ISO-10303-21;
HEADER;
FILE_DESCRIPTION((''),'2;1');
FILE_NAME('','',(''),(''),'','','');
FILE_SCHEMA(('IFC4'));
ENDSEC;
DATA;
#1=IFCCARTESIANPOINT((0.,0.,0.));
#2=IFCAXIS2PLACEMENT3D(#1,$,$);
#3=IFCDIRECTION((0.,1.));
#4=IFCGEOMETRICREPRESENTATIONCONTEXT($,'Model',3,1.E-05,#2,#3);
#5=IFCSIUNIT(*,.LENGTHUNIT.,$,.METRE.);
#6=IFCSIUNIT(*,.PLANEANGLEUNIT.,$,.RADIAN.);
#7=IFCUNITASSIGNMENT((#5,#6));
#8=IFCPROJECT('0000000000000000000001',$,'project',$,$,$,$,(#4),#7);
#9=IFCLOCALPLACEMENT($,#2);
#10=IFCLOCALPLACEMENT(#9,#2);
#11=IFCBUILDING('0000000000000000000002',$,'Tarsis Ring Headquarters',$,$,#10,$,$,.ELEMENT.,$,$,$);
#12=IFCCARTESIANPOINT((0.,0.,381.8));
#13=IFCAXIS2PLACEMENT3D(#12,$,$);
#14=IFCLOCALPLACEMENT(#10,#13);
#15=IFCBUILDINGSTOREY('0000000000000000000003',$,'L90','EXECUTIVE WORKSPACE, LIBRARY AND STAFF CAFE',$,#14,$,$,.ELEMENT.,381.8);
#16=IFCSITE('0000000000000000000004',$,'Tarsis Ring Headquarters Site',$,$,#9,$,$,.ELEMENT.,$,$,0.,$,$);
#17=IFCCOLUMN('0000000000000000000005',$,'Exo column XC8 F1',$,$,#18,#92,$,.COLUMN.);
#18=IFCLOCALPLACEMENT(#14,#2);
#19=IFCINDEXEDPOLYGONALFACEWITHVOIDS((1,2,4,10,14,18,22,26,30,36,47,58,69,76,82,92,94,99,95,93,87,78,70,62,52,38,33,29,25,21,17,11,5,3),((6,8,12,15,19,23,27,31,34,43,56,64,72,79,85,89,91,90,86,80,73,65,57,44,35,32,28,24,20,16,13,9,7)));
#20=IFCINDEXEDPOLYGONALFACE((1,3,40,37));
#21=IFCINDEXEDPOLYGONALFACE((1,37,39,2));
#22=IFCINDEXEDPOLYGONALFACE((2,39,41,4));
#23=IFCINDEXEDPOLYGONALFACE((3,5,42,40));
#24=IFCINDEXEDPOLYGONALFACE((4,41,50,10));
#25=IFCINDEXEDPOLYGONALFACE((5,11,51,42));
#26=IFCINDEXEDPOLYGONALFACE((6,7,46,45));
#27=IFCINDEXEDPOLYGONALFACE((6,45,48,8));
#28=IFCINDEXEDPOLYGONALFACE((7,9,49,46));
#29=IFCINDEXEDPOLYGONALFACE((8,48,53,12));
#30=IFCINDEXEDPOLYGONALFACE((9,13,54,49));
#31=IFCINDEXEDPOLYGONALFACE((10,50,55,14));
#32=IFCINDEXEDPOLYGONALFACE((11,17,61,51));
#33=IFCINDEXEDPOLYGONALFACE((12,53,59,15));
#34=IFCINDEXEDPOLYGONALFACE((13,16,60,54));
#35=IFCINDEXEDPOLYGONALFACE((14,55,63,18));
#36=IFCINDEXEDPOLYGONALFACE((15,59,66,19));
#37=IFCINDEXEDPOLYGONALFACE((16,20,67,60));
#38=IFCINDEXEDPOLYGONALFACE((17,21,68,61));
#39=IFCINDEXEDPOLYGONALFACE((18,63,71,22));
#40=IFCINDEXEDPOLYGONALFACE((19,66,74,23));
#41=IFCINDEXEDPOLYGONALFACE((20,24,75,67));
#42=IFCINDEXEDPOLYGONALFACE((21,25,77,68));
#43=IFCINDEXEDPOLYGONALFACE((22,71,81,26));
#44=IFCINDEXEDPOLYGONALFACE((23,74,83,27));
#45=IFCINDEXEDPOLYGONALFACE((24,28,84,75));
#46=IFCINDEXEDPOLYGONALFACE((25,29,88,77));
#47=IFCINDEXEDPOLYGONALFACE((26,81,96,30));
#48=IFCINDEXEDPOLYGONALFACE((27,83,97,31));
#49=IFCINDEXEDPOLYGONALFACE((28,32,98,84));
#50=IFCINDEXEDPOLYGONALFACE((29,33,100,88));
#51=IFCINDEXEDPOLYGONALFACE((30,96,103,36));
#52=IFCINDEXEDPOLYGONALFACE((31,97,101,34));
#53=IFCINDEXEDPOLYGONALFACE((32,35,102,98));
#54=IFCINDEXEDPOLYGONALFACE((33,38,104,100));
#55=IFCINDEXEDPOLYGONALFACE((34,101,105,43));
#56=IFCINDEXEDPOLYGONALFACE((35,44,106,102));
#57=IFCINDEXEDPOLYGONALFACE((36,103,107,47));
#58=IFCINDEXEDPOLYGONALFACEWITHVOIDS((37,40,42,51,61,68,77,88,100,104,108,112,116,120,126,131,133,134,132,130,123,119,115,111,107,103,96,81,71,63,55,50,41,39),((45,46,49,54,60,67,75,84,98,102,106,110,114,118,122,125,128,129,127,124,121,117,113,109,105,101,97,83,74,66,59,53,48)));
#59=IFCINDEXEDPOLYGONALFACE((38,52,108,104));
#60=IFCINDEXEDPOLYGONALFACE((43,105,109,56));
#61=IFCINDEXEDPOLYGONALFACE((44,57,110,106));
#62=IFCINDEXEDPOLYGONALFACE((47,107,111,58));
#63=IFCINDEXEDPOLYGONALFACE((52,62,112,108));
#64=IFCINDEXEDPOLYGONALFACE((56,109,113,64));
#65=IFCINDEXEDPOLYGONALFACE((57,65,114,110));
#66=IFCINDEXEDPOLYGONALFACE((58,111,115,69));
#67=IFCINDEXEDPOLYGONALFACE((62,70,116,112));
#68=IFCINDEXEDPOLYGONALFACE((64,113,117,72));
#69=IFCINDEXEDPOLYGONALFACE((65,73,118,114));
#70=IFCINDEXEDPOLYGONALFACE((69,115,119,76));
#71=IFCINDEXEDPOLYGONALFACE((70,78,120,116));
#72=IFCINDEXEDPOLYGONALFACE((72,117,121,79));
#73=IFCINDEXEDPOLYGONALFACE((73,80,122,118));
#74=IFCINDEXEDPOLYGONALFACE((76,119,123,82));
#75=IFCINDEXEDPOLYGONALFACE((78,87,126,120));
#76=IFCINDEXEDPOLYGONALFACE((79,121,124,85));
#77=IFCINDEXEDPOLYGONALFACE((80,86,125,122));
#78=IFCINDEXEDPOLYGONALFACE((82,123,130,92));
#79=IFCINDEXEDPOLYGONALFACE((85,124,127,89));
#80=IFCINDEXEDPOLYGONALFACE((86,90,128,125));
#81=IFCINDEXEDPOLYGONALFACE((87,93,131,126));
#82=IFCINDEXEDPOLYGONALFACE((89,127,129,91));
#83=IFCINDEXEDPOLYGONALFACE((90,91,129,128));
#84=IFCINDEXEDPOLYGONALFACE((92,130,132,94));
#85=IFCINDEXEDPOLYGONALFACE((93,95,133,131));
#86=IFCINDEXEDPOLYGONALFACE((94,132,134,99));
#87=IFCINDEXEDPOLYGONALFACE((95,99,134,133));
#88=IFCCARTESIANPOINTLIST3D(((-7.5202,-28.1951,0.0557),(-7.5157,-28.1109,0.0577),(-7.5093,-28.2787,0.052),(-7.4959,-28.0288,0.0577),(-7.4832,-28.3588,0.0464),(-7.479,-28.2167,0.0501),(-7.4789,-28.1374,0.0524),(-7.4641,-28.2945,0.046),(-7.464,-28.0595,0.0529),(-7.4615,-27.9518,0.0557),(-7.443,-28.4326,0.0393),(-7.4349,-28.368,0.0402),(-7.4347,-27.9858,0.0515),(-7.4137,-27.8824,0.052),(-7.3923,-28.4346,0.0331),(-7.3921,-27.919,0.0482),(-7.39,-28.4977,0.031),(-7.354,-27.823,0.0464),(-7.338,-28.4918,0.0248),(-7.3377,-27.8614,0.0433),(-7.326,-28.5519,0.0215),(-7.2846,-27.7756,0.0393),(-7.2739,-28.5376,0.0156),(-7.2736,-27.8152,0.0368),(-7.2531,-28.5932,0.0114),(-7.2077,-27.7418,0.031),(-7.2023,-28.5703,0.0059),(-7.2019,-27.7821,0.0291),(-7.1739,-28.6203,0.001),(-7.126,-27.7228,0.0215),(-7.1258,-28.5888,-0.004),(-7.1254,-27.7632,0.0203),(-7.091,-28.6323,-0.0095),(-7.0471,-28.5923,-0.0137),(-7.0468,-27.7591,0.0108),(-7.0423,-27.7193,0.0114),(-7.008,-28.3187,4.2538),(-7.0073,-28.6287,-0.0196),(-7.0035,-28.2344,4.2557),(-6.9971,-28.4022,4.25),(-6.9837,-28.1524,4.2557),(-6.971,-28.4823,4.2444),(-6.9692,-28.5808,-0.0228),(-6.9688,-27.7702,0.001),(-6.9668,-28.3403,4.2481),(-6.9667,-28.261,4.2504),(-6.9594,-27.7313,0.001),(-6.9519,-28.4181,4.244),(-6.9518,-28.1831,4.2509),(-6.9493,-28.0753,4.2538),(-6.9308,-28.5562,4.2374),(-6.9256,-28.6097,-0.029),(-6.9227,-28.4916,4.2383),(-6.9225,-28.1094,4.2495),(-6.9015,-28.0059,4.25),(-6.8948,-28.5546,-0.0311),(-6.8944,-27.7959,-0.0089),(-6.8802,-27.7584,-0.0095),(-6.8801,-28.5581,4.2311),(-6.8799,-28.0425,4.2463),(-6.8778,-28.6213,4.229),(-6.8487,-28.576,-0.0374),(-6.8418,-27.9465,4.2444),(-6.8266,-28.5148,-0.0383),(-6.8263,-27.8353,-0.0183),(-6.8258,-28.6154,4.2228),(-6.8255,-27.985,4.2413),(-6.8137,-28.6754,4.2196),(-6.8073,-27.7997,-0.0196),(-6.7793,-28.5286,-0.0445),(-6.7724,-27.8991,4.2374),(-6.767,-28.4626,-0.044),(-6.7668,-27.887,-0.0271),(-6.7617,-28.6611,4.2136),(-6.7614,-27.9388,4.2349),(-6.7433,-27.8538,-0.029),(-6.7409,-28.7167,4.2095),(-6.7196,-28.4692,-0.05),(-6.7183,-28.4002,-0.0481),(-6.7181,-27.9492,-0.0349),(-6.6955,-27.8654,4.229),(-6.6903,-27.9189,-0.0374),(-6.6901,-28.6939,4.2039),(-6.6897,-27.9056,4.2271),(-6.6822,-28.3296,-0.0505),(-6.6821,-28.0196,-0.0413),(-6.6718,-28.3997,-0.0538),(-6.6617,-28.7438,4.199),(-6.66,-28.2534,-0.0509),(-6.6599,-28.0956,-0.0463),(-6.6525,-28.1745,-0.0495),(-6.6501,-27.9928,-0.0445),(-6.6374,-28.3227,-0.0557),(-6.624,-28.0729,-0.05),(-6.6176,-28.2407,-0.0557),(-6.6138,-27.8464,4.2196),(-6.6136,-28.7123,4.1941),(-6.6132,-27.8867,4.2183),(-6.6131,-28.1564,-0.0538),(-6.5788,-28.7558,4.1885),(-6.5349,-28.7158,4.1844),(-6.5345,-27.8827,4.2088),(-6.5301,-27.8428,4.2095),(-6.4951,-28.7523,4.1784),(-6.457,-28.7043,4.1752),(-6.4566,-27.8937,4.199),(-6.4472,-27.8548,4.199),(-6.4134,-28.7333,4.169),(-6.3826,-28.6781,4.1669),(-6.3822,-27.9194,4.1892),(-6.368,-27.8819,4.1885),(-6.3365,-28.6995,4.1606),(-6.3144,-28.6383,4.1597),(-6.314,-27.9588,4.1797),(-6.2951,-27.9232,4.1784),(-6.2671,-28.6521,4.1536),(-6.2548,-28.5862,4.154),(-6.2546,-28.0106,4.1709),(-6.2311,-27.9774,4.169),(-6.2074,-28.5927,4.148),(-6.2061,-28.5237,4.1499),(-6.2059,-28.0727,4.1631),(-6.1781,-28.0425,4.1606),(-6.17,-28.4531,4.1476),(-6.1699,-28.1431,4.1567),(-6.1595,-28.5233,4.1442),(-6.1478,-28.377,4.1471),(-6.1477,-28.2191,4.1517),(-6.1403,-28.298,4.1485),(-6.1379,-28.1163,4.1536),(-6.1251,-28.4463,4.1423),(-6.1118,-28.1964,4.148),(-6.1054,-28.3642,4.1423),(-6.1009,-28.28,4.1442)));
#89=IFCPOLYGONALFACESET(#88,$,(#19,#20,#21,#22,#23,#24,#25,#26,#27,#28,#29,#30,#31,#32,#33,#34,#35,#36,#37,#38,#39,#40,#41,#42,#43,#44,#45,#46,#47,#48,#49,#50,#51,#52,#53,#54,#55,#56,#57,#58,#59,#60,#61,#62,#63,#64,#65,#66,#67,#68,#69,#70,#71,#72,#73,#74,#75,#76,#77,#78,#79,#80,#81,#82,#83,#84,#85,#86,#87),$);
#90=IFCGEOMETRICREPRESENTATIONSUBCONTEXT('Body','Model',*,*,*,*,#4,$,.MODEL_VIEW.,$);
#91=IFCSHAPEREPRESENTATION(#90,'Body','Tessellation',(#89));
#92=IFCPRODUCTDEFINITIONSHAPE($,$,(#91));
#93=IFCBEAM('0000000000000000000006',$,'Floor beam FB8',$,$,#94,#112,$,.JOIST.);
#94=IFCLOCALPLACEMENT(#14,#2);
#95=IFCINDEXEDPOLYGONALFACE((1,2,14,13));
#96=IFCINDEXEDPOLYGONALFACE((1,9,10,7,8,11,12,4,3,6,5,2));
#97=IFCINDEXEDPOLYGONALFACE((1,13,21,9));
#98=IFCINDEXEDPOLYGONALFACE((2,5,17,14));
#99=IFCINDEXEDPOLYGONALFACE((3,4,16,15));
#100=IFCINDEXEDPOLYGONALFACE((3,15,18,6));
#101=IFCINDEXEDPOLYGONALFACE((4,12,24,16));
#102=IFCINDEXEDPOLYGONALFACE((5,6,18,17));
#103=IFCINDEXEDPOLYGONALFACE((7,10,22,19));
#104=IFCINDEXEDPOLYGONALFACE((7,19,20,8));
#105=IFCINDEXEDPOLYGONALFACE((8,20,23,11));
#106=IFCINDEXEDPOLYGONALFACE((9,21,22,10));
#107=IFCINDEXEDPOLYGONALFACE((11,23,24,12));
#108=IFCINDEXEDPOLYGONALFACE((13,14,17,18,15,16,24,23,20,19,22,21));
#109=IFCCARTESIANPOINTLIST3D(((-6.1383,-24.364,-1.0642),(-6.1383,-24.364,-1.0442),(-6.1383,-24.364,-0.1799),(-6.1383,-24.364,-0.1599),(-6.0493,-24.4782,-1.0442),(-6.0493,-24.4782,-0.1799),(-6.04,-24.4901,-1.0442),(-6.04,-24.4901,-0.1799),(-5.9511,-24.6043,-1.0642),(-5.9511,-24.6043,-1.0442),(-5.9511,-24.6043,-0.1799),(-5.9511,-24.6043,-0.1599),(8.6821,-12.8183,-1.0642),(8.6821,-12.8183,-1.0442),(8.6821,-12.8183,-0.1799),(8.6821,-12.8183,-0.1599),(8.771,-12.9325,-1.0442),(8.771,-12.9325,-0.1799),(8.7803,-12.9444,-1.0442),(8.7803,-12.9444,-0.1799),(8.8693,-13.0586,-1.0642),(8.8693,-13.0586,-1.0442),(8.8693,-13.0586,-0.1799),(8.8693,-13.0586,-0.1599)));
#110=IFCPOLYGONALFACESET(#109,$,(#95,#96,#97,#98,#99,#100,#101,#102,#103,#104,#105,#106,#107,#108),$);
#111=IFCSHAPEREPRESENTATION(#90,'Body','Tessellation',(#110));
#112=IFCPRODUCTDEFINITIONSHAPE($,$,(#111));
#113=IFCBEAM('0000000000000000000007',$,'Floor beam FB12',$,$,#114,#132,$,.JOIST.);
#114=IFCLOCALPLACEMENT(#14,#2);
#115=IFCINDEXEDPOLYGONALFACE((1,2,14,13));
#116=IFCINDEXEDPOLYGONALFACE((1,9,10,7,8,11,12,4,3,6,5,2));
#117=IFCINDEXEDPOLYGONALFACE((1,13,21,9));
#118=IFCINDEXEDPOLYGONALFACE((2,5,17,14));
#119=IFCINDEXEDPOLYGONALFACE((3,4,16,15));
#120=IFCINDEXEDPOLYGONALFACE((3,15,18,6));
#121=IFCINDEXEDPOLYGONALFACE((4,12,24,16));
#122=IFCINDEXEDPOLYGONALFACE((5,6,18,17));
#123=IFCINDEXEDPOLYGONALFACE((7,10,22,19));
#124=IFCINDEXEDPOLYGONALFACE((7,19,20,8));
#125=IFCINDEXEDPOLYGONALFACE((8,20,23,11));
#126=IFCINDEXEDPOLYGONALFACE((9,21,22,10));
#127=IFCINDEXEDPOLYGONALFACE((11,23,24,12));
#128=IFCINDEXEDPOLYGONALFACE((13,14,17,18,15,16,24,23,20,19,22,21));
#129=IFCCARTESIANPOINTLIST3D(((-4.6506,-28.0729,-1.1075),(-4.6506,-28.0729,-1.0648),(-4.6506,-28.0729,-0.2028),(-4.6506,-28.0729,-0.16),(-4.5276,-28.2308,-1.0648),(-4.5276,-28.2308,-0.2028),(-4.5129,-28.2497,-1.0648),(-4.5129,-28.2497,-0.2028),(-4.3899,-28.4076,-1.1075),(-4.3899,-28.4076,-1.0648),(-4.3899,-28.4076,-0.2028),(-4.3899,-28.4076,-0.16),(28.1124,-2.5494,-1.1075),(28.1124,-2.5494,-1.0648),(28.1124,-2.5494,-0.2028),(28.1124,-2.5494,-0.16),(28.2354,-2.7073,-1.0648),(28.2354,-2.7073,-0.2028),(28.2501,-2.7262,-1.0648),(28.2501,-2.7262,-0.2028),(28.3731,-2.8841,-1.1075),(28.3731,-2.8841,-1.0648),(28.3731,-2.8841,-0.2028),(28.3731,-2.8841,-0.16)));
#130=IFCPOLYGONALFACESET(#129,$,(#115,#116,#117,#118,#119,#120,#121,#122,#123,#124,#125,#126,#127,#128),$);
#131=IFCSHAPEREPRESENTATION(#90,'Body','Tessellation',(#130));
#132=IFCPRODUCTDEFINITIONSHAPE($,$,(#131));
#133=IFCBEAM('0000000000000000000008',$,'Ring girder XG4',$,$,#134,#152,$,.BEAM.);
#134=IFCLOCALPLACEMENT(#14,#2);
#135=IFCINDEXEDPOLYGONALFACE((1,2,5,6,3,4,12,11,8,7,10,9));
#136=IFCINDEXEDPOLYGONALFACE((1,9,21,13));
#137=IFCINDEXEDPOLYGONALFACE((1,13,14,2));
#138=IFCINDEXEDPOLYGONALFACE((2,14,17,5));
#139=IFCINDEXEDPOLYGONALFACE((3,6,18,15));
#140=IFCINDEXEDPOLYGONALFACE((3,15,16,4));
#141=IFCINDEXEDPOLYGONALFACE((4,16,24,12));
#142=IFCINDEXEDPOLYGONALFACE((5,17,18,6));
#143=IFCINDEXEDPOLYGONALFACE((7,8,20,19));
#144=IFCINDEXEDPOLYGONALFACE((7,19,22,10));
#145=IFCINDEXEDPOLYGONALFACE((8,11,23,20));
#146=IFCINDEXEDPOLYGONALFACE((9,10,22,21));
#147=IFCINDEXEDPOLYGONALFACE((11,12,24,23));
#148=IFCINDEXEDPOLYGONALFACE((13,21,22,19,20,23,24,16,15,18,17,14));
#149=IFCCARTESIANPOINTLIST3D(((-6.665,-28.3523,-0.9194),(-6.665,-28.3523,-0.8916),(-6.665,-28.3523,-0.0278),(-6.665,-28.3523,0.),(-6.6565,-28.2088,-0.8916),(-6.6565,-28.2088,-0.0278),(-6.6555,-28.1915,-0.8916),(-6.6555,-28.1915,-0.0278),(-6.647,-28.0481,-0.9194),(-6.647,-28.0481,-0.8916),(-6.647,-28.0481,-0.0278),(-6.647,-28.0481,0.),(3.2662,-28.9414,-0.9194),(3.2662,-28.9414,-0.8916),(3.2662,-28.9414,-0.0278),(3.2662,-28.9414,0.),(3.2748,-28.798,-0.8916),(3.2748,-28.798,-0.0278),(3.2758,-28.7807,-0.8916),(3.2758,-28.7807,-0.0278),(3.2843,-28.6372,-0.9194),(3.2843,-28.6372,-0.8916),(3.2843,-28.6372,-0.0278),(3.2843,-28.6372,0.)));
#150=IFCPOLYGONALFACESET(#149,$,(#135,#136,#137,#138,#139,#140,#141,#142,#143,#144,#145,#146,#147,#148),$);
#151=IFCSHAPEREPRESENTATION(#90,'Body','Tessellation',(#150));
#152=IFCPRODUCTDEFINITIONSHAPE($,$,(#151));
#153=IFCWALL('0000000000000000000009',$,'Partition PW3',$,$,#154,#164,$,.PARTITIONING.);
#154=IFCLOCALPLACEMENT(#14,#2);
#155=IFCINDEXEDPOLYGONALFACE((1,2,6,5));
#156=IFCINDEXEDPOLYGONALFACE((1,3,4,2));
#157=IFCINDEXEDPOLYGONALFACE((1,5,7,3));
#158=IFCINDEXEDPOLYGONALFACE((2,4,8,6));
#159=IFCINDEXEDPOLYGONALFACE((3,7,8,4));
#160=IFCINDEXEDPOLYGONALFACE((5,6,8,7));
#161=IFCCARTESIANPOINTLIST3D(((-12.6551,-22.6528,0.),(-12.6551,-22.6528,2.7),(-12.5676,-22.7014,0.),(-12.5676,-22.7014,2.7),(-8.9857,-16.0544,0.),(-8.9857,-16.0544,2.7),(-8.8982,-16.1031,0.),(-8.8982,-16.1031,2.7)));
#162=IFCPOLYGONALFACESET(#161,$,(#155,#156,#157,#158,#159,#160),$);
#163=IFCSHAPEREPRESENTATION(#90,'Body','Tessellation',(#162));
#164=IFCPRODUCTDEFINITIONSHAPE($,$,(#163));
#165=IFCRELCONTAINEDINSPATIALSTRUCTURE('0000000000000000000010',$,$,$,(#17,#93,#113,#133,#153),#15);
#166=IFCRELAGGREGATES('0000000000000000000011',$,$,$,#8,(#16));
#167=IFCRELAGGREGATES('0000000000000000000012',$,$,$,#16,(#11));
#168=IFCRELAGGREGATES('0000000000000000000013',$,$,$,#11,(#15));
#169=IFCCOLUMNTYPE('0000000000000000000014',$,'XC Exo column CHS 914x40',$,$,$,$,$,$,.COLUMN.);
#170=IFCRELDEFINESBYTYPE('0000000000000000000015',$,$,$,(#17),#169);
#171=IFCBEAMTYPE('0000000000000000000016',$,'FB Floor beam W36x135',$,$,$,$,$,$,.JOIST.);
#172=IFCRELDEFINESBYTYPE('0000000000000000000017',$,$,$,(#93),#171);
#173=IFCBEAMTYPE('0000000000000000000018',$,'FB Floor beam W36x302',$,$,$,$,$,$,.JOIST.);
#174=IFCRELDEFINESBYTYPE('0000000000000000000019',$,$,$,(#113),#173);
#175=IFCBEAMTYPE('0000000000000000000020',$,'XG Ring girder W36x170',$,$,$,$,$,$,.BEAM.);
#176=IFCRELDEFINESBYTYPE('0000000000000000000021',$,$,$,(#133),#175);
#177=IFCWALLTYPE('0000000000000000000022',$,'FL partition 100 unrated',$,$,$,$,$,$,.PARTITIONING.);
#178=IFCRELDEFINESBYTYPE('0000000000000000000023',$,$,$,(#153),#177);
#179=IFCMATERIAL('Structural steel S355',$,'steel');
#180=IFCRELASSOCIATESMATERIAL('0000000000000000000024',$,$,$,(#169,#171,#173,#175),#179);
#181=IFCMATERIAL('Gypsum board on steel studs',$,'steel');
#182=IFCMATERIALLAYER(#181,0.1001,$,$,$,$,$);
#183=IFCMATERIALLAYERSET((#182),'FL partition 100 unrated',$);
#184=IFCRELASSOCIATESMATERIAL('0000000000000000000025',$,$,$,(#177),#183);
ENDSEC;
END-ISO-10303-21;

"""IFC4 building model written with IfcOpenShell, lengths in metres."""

from ifc_helpers import new_model, si_unit, direction, frame, frame_2d, origin, origin_2d, place, context, subcontext, project, spatial, rectangle, hollow_circle, i_section, extrude, material, layer, layer_set, material_profile, profile_set, type_object, element, save


model = new_model("IFC4")

# Units and contexts
model_context = context("Model", 3, precision=1e-05, world=origin(), true_north=direction((0.0, 1.0)))
body_context = subcontext(model_context, "Body", "Model", "MODEL_VIEW")
ifc_project = project(units=[si_unit("LENGTHUNIT", "METRE"), si_unit("PLANEANGLEUNIT", "RADIAN")], contexts=[model_context])

# Site, building, storey
site_placement = place(None, origin())
site = spatial("IfcSite", under=ifc_project, at=site_placement, Name="Tarsis Ring Headquarters Site", CompositionType="ELEMENT", RefElevation=0.0)
building_placement = place(site_placement, origin())
building = spatial("IfcBuilding", under=site, at=building_placement, Name="Tarsis Ring Headquarters", CompositionType="ELEMENT")
storey_placement = place(building_placement, frame((0.0, 0.0, 381.8)))
storey = spatial("IfcBuildingStorey", under=building, at=storey_placement, Name="L90", Description="EXECUTIVE WORKSPACE, LIBRARY AND STAFF CAFE", CompositionType="ELEMENT", Elevation=381.8)

# Column
ifc_material_1 = material(Name="Structural steel S355", Category="steel")
ifc_material_profile_1 = material_profile(ifc_material_1, hollow_circle(Radius=0.457, WallThickness=0.04, at=origin_2d()), Name="CHS 914x40")
ifc_profile_set_1 = profile_set([ifc_material_profile_1], Name="Structural steel S355")
column_type = type_object("IfcColumnType", Name="XC Exo column CHS 914x40", PredefinedType="COLUMN", material=ifc_profile_set_1)
column_placement = place(storey_placement, frame((-7.0667, -28.1758, 0.001), z_axis=(0.121062, -0.029198, 0.992215), x_axis=(0.234459, 0.972126, 0.0)))
element("IfcColumn", 1, at=column_placement, inside=storey, type_object=column_type, Name="Exo column XC8 F1", PredefinedType="COLUMN", context=body_context, shape_type="SweptSolid", body=[
    extrude(hollow_circle(Radius=0.4573, WallThickness=0.04, at=origin_2d()), origin(), (0.0, 0.0, 1.0), 4.231),
])

# Beams
ifc_material_profile_2 = material_profile(ifc_material_1, i_section(OverallWidth=0.3047, OverallDepth=0.9043, WebThickness=0.0151, FlangeThickness=0.02, at=origin_2d()), Name="W36x135")
ifc_profile_set_2 = profile_set([ifc_material_profile_2], Name="Structural steel S355")
beam_type_1 = type_object("IfcBeamType", Name="FB Floor beam W36x135", PredefinedType="JOIST", material=ifc_profile_set_2)
beam_1_placement = place(storey_placement, frame((-6.0447, -24.4841, -0.6121), z_axis=(0.788868, 0.614562, 0.0), x_axis=(-0.614562, 0.788868, 0.0)))
element("IfcBeam", 2, at=beam_1_placement, inside=storey, type_object=beam_type_1, Name="Floor beam FB8", PredefinedType="JOIST", context=body_context, shape_type="SweptSolid", body=[
    extrude(i_section(OverallWidth=0.3047, OverallDepth=0.9043, WebThickness=0.0151, FlangeThickness=0.02, at=origin_2d()), origin(), (0.0, 0.0, 1.0), 18.7869),
])
ifc_material_profile_3 = material_profile(ifc_material_1, i_section(OverallWidth=0.4243, OverallDepth=0.9475, WebThickness=0.0239, FlangeThickness=0.0427, at=origin_2d()), Name="W36x302")
ifc_profile_set_3 = profile_set([ifc_material_profile_3], Name="Structural steel S355")
beam_type_2 = type_object("IfcBeamType", Name="FB Floor beam W36x302", PredefinedType="JOIST", material=ifc_profile_set_3)
beam_2_placement = place(storey_placement, frame((-4.5203, -28.2402, -0.6338), z_axis=(0.788872, 0.614558, 0.0), x_axis=(-0.614558, 0.788872, 0.0)))
element("IfcBeam", 3, at=beam_2_placement, inside=storey, type_object=beam_type_2, Name="Floor beam FB12", PredefinedType="JOIST", context=body_context, shape_type="SweptSolid", body=[
    extrude(i_section(OverallWidth=0.4243, OverallDepth=0.9475, WebThickness=0.0239, FlangeThickness=0.0427, at=origin_2d()), origin(), (0.0, 0.0, 1.0), 41.5315),
])
ifc_material_profile_4 = material_profile(ifc_material_1, i_section(OverallWidth=0.3047, OverallDepth=0.9194, WebThickness=0.0173, FlangeThickness=0.0278, at=origin_2d()), Name="W36x170")
ifc_profile_set_4 = profile_set([ifc_material_profile_4], Name="Structural steel S355")
beam_type_3 = type_object("IfcBeamType", Name="XG Ring girder W36x170", PredefinedType="BEAM", material=ifc_profile_set_4)
beam_3_placement = place(storey_placement, frame((-6.656, -28.2002, -0.4597), z_axis=(0.998245, -0.059215, 0.0), x_axis=(0.059215, 0.998245, 0.0)))
element("IfcBeam", 4, at=beam_3_placement, inside=storey, type_object=beam_type_3, Name="Ring girder XG4", PredefinedType="BEAM", context=body_context, shape_type="SweptSolid", body=[
    extrude(i_section(OverallWidth=0.3047, OverallDepth=0.9194, WebThickness=0.0173, FlangeThickness=0.0278, at=origin_2d()), origin(), (0.0, 0.0, 1.0), 9.9487),
])

# Wall
ifc_material_2 = material(Name="Gypsum board on steel studs", Category="steel")
ifc_layer_1 = layer(ifc_material_2, 0.1001)
ifc_layer_set_1 = layer_set([ifc_layer_1], Name="FL partition 100 unrated")
wall_type_1 = type_object("IfcWallType", Name="FL partition 100 unrated", PredefinedType="PARTITIONING", material=ifc_layer_set_1)
wall_1_placement = place(storey_placement, frame((-12.6113, -22.677, 0.0), z_axis=(0.0, 0.0, 1.0), x_axis=(0.486014, 0.873951, 0.0)))
element("IfcWall", 5, at=wall_1_placement, inside=storey, type_object=wall_type_1, Name="Partition PW3", PredefinedType="PARTITIONING", context=body_context, shape_type="SweptSolid", body=[
    extrude(rectangle(XDim=7.55, YDim=0.1001, at=frame_2d((3.7749, 0.0))), origin(), (0.0, 0.0, 1.0), 2.7),
])

save(model, "model.ifc")
